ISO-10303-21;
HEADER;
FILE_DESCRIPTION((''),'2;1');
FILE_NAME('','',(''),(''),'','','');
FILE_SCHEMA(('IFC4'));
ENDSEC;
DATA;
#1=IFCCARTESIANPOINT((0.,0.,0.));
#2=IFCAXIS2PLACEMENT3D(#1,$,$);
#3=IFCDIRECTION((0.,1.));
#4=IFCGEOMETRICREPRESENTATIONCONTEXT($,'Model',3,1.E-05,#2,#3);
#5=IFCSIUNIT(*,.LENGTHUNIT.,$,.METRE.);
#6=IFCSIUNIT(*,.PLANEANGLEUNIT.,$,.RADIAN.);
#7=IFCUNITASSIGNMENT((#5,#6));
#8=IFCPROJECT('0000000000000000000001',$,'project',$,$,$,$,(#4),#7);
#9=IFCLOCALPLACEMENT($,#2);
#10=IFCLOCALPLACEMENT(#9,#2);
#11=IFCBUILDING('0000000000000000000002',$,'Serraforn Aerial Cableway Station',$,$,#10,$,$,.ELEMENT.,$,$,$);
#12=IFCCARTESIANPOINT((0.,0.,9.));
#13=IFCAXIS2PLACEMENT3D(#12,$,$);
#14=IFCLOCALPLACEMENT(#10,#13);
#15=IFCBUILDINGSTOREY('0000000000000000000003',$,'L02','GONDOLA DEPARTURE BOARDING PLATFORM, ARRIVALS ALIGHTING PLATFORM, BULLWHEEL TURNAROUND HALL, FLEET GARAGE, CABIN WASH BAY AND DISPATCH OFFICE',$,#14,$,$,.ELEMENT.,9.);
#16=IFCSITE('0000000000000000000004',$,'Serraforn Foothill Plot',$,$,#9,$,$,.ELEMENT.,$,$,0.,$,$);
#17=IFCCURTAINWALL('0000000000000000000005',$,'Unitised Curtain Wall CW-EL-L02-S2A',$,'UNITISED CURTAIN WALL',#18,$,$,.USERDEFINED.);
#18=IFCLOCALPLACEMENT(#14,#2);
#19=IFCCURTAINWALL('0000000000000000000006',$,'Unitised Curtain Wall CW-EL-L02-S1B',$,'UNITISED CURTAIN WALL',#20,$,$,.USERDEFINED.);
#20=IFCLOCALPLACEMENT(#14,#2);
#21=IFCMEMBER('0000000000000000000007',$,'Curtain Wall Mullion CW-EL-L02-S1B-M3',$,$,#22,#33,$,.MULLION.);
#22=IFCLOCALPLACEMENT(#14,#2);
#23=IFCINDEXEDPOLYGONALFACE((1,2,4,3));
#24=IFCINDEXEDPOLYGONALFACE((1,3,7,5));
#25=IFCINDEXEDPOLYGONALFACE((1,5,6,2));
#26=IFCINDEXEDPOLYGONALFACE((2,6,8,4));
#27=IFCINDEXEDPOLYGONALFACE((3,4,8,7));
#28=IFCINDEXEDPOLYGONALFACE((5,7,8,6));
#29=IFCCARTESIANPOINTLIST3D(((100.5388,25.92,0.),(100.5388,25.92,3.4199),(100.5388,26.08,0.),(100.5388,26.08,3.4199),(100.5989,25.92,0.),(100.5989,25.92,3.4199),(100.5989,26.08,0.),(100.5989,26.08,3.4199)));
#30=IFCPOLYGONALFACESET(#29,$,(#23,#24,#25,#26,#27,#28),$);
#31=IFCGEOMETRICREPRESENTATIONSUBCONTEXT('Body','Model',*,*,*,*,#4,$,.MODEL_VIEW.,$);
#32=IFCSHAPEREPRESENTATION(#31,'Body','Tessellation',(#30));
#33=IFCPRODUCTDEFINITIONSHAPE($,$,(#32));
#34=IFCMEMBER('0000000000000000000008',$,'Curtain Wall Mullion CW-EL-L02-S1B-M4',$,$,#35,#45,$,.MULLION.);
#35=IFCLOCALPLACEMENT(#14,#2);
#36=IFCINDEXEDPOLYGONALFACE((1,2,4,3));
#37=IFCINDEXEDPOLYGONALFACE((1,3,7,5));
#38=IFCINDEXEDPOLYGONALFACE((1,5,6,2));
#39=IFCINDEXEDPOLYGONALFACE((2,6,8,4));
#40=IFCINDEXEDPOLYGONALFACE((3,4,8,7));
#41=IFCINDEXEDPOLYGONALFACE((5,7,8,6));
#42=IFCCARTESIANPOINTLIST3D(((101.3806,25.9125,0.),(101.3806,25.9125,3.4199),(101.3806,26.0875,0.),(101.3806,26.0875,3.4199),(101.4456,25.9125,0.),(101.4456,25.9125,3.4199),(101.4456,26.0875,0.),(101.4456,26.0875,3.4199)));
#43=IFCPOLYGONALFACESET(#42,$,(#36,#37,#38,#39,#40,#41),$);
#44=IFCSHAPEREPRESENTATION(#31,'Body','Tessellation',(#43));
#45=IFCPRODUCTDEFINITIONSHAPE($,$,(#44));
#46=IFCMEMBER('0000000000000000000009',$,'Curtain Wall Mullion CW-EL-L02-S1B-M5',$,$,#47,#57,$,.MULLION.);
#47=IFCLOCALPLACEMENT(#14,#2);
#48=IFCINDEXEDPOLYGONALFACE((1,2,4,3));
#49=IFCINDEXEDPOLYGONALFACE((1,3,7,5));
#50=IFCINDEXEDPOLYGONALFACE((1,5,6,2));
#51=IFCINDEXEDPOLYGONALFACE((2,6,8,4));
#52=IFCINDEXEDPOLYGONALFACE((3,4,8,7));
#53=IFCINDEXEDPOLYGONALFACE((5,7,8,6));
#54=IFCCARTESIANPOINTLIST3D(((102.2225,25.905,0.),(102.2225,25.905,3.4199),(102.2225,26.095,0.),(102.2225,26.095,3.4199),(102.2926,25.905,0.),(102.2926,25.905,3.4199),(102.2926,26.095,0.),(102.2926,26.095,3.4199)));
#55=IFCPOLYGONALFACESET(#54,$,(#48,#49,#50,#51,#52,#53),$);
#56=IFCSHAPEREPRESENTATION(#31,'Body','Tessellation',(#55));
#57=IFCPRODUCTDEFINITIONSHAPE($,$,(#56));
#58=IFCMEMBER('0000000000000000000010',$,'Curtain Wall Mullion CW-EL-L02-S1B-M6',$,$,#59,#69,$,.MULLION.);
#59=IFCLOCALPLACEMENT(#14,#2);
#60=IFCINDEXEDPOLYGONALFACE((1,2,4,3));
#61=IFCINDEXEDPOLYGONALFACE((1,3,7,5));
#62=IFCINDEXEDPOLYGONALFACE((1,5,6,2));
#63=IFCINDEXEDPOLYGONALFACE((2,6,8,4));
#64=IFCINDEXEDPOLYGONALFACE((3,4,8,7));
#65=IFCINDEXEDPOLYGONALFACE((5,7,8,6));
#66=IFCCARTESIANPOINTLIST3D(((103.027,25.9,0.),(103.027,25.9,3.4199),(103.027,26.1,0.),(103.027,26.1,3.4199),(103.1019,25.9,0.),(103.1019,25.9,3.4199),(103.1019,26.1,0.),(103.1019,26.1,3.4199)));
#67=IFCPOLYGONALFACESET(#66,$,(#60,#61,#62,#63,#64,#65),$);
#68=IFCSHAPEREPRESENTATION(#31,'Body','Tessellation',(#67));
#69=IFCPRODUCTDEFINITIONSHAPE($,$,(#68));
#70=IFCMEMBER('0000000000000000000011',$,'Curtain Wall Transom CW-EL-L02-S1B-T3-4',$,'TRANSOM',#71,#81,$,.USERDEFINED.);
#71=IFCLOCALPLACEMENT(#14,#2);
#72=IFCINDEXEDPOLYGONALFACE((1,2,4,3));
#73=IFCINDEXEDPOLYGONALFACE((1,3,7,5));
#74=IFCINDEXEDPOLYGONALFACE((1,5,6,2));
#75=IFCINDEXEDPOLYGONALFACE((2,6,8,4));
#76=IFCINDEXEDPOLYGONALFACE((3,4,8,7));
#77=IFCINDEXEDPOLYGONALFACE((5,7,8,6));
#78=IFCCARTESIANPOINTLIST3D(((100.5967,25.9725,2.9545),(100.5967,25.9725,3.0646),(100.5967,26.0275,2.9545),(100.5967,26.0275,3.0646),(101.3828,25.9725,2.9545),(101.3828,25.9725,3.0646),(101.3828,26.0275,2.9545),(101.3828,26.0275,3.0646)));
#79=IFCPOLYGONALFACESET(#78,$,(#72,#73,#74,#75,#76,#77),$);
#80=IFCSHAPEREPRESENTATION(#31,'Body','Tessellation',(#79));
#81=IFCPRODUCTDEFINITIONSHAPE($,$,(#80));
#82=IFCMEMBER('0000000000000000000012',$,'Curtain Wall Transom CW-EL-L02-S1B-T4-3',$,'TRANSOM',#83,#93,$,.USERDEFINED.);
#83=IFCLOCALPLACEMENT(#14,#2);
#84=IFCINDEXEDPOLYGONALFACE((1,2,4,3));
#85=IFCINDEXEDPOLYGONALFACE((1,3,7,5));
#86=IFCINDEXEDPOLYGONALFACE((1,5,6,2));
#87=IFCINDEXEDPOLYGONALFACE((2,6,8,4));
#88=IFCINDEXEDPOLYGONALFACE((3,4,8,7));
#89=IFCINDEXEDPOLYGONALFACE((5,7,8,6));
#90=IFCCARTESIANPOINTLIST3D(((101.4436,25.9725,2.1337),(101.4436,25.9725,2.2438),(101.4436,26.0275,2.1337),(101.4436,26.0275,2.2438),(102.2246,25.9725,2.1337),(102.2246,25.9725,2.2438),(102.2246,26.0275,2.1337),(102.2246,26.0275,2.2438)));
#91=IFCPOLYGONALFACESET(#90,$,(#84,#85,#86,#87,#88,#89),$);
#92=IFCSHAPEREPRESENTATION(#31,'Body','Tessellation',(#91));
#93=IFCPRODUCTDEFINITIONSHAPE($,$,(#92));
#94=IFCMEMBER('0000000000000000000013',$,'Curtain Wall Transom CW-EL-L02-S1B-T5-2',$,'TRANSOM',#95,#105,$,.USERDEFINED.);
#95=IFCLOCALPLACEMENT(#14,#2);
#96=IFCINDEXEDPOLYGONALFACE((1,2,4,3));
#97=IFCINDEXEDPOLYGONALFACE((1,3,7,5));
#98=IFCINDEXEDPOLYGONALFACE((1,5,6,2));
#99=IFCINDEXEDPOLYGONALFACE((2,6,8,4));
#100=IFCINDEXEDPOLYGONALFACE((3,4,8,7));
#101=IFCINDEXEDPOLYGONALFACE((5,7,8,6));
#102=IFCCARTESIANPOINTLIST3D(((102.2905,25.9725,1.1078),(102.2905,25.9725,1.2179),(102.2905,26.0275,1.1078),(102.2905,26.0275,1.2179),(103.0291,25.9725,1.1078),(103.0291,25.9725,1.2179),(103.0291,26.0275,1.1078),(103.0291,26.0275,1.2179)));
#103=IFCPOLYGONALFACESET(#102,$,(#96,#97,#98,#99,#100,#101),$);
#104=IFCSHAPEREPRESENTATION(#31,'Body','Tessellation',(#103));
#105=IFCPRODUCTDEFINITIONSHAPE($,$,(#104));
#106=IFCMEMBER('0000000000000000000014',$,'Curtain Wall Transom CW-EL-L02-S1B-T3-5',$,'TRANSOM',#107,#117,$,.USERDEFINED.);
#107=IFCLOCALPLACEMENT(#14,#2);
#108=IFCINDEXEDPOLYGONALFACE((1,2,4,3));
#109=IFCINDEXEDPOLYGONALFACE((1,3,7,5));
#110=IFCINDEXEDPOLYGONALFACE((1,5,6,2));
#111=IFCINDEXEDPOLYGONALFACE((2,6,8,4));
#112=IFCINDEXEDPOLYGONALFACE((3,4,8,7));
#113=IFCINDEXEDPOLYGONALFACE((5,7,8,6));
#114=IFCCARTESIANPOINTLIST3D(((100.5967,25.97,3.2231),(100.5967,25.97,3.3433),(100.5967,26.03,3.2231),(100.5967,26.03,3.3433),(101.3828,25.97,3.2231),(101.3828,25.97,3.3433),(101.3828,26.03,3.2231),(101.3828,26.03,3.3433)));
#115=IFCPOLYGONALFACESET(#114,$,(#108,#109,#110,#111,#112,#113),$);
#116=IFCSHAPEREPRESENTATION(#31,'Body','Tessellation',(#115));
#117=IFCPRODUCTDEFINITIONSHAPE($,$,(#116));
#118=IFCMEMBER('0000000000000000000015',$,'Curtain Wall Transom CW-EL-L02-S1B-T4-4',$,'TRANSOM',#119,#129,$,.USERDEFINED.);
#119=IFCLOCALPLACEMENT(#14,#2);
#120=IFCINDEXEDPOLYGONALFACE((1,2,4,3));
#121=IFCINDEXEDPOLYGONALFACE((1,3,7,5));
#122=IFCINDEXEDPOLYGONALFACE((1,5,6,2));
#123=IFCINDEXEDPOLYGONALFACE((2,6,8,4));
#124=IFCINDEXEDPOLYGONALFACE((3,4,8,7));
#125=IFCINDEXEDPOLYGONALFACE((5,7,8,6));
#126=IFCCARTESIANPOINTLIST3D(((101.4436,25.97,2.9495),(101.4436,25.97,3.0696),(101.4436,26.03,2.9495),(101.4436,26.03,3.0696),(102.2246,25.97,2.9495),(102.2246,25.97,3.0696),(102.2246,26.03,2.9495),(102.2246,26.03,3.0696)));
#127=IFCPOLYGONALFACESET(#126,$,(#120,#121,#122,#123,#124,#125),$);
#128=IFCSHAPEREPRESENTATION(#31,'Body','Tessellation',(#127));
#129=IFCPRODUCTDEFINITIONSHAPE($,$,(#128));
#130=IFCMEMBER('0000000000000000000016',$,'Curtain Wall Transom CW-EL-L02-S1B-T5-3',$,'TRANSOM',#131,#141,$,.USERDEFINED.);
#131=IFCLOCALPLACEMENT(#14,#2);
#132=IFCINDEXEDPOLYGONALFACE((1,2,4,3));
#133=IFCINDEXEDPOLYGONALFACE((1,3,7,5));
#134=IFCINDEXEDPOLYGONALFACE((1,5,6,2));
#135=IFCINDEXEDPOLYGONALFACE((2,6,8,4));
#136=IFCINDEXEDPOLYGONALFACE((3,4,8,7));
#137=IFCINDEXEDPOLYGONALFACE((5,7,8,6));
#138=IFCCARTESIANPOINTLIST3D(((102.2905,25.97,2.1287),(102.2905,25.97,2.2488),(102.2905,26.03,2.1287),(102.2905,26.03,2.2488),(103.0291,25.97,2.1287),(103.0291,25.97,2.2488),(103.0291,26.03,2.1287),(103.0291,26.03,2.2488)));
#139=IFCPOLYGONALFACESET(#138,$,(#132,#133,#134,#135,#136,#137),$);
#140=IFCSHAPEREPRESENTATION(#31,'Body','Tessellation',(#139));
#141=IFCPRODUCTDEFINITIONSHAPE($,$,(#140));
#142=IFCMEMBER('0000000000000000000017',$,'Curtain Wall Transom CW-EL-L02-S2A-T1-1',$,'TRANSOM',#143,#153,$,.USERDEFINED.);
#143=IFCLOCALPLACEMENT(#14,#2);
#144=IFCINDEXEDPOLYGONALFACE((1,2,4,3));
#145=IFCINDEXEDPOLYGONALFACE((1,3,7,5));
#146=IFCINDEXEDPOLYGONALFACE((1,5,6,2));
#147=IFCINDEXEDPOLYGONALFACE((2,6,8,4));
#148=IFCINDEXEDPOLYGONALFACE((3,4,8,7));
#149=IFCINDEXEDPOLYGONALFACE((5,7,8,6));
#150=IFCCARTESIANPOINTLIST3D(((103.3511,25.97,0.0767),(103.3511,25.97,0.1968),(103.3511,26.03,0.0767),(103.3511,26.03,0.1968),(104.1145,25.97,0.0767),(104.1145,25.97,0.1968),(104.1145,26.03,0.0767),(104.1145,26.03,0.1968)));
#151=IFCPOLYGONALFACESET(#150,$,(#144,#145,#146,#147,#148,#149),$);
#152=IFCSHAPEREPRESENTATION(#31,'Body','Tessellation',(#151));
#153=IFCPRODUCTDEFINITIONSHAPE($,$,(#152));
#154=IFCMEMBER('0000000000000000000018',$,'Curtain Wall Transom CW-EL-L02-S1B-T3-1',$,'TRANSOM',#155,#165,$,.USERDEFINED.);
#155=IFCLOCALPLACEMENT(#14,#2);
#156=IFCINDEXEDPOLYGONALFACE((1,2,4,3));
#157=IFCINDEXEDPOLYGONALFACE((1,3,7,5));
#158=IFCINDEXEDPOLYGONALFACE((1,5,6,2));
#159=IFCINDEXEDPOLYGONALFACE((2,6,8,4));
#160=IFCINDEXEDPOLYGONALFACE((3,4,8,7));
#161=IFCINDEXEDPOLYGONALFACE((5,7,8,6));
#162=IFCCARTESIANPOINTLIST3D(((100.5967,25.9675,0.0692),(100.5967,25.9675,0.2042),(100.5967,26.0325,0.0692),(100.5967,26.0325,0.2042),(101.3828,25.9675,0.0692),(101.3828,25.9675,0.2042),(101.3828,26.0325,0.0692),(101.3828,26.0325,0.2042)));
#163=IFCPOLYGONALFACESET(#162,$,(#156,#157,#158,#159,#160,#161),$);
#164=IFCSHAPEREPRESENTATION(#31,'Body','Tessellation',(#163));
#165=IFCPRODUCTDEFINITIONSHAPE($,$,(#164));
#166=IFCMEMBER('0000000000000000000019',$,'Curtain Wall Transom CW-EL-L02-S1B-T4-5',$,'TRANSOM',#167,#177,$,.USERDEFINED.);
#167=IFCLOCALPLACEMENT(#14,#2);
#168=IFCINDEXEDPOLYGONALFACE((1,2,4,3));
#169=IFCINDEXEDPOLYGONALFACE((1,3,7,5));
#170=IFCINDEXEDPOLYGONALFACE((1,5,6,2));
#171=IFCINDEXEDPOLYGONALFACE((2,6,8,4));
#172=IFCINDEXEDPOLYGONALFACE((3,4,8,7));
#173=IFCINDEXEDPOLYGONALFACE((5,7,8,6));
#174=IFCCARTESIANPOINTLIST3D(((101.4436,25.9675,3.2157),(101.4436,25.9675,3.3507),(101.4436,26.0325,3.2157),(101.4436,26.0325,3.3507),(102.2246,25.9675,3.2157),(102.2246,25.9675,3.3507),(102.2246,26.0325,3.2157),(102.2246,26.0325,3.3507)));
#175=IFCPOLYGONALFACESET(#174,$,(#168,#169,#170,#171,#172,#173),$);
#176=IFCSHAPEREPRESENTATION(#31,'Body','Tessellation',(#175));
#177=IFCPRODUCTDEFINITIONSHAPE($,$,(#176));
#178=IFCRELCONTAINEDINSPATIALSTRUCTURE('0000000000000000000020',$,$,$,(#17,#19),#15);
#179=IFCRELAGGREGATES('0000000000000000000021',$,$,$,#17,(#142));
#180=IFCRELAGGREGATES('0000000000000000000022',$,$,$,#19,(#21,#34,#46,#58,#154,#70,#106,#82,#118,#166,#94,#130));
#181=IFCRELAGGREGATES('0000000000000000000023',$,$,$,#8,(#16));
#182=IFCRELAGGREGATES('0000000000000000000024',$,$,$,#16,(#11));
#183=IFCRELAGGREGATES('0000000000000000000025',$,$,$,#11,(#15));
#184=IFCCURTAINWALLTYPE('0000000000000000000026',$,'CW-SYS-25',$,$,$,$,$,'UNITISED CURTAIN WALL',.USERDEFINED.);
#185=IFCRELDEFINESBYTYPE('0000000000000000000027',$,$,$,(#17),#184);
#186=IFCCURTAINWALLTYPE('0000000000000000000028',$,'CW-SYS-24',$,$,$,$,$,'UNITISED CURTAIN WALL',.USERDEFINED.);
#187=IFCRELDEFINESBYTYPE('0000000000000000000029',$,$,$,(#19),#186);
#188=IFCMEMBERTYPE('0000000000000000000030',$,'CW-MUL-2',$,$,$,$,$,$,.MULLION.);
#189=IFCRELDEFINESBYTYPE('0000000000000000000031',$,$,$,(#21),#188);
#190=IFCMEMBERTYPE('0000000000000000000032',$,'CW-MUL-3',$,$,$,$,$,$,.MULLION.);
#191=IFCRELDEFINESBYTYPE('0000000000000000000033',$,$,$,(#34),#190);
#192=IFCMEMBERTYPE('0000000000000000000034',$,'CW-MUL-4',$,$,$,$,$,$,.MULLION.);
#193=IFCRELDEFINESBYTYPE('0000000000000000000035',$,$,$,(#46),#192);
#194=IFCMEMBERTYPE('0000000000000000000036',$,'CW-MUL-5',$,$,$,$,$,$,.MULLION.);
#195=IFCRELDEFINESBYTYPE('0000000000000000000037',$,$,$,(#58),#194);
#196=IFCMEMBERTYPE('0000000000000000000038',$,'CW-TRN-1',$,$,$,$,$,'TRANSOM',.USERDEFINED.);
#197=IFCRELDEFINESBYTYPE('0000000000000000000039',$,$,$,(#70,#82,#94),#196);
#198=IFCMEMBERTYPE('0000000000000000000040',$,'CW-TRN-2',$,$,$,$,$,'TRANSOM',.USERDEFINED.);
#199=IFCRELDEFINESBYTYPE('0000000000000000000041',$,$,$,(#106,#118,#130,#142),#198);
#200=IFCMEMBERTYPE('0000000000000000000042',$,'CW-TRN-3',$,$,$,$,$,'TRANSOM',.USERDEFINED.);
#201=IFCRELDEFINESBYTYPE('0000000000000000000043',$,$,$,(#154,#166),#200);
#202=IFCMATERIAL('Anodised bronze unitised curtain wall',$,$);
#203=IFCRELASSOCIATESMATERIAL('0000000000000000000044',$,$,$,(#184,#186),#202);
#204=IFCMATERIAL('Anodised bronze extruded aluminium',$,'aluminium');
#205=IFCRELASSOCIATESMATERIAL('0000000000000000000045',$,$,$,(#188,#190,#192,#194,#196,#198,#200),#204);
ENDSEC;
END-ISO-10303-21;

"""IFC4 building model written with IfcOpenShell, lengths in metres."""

from ifc_helpers import new_model, si_unit, direction, frame, origin, origin_2d, place, context, subcontext, project, spatial, rectangle, extrude, material, material_profile, profile_set, type_object, element, aggregate, save


model = new_model("IFC4")

# Units and contexts
model_context = context("Model", 3, precision=1e-05, world=origin(), true_north=direction((0.0, 1.0)))
body_context = subcontext(model_context, "Body", "Model", "MODEL_VIEW")
ifc_project = project(units=[si_unit("LENGTHUNIT", "METRE"), si_unit("PLANEANGLEUNIT", "RADIAN")], contexts=[model_context])

# Site, building, storey
site_placement = place(None, origin())
site = spatial("IfcSite", under=ifc_project, at=site_placement, Name="Serraforn Foothill Plot", CompositionType="ELEMENT", RefElevation=0.0)
building_placement = place(site_placement, origin())
building = spatial("IfcBuilding", under=site, at=building_placement, Name="Serraforn Aerial Cableway Station", CompositionType="ELEMENT")
storey_placement = place(building_placement, frame((0.0, 0.0, 9.0)))
storey = spatial("IfcBuildingStorey", under=building, at=storey_placement, Name="L02", Description="GONDOLA DEPARTURE BOARDING PLATFORM, ARRIVALS ALIGHTING PLATFORM, BULLWHEEL TURNAROUND HALL, FLEET GARAGE, CABIN WASH BAY AND DISPATCH OFFICE", CompositionType="ELEMENT", Elevation=9.0)

# Curtain wall
ifc_material_1 = material(Name="Anodised bronze unitised curtain wall")
curtain_wall_type_1 = type_object("IfcCurtainWallType", Name="CW-SYS-25", ElementType="UNITISED CURTAIN WALL", PredefinedType="USERDEFINED", material=ifc_material_1)
curtain_wall_1_placement = place(storey_placement, origin())
curtain_wall_1 = element("IfcCurtainWall", 1, at=curtain_wall_1_placement, inside=storey, type_object=curtain_wall_type_1, Name="Unitised Curtain Wall CW-EL-L02-S2A", ObjectType="UNITISED CURTAIN WALL", PredefinedType="USERDEFINED")
ifc_material_2 = material(Name="Anodised bronze extruded aluminium", Category="aluminium")

# Curtain wall, members
curtain_wall_type_2 = type_object("IfcCurtainWallType", Name="CW-SYS-24", ElementType="UNITISED CURTAIN WALL", PredefinedType="USERDEFINED", material=ifc_material_1)
curtain_wall_2_placement = place(storey_placement, origin())
curtain_wall_2 = element("IfcCurtainWall", 2, at=curtain_wall_2_placement, inside=storey, type_object=curtain_wall_type_2, Name="Unitised Curtain Wall CW-EL-L02-S1B", ObjectType="UNITISED CURTAIN WALL", PredefinedType="USERDEFINED")
ifc_material_profile_1 = material_profile(ifc_material_2, rectangle(XDim=0.0601, YDim=0.1599, at=origin_2d()), Name="CW MULLION 60x160")
ifc_profile_set_1 = profile_set([ifc_material_profile_1], Name="Anodised bronze extruded aluminium")
member_type_1 = type_object("IfcMemberType", Name="CW-MUL-2", PredefinedType="MULLION", material=ifc_profile_set_1)
member_1_placement = place(storey_placement, frame((100.5688, 26.0, 0.0), z_axis=(0.0, 0.0, 1.0), x_axis=(1.0, 0.0, 0.0)))
member_1 = element("IfcMember", 3, at=member_1_placement, type_object=member_type_1, Name="Curtain Wall Mullion CW-EL-L02-S1B-M3", PredefinedType="MULLION", context=body_context, shape_type="SweptSolid", body=[
    extrude(rectangle(XDim=0.0601, YDim=0.1599, at=origin_2d()), origin(), (0.0, 0.0, 1.0), 3.4199),
])
ifc_material_profile_2 = material_profile(ifc_material_2, rectangle(XDim=0.0649, YDim=0.175, at=origin_2d()), Name="CW MULLION 65x175")
ifc_profile_set_2 = profile_set([ifc_material_profile_2], Name="Anodised bronze extruded aluminium")
member_type_2 = type_object("IfcMemberType", Name="CW-MUL-3", PredefinedType="MULLION", material=ifc_profile_set_2)
member_2_placement = place(storey_placement, frame((101.4131, 26.0, 0.0), z_axis=(0.0, 0.0, 1.0), x_axis=(1.0, 0.0, 0.0)))
member_2 = element("IfcMember", 4, at=member_2_placement, type_object=member_type_2, Name="Curtain Wall Mullion CW-EL-L02-S1B-M4", PredefinedType="MULLION", context=body_context, shape_type="SweptSolid", body=[
    extrude(rectangle(XDim=0.0649, YDim=0.175, at=origin_2d()), origin(), (0.0, 0.0, 1.0), 3.4199),
])
ifc_material_profile_3 = material_profile(ifc_material_2, rectangle(XDim=0.0701, YDim=0.1899, at=origin_2d()), Name="CW MULLION 70x190")
ifc_profile_set_3 = profile_set([ifc_material_profile_3], Name="Anodised bronze extruded aluminium")
member_type_3 = type_object("IfcMemberType", Name="CW-MUL-4", PredefinedType="MULLION", material=ifc_profile_set_3)
member_3_placement = place(storey_placement, frame((102.2576, 26.0, 0.0), z_axis=(0.0, 0.0, 1.0), x_axis=(1.0, 0.0, 0.0)))
member_3 = element("IfcMember", 5, at=member_3_placement, type_object=member_type_3, Name="Curtain Wall Mullion CW-EL-L02-S1B-M5", PredefinedType="MULLION", context=body_context, shape_type="SweptSolid", body=[
    extrude(rectangle(XDim=0.0701, YDim=0.1899, at=origin_2d()), origin(), (0.0, 0.0, 1.0), 3.4199),
])
ifc_material_profile_4 = material_profile(ifc_material_2, rectangle(XDim=0.075, YDim=0.2, at=origin_2d()), Name="CW MULLION 75x200")
ifc_profile_set_4 = profile_set([ifc_material_profile_4], Name="Anodised bronze extruded aluminium")
member_type_4 = type_object("IfcMemberType", Name="CW-MUL-5", PredefinedType="MULLION", material=ifc_profile_set_4)
member_4_placement = place(storey_placement, frame((103.0645, 26.0, 0.0), z_axis=(0.0, 0.0, 1.0), x_axis=(1.0, 0.0, 0.0)))
member_4 = element("IfcMember", 6, at=member_4_placement, type_object=member_type_4, Name="Curtain Wall Mullion CW-EL-L02-S1B-M6", PredefinedType="MULLION", context=body_context, shape_type="SweptSolid", body=[
    extrude(rectangle(XDim=0.075, YDim=0.2, at=origin_2d()), origin(), (0.0, 0.0, 1.0), 3.4199),
])
ifc_material_profile_5 = material_profile(ifc_material_2, rectangle(XDim=0.0549, YDim=0.1101, at=origin_2d()), Name="CW TRANSOM 55x110")
ifc_profile_set_5 = profile_set([ifc_material_profile_5], Name="Anodised bronze extruded aluminium")
member_type_5 = type_object("IfcMemberType", Name="CW-TRN-1", ElementType="TRANSOM", PredefinedType="USERDEFINED", material=ifc_profile_set_5)
member_5_placement = place(storey_placement, frame((100.5967, 26.0, 3.0095), z_axis=(1.0, 0.0, 0.0), x_axis=(0.0, 1.0, 0.0)))
member_5 = element("IfcMember", 7, at=member_5_placement, type_object=member_type_5, Name="Curtain Wall Transom CW-EL-L02-S1B-T3-4", ObjectType="TRANSOM", PredefinedType="USERDEFINED", context=body_context, shape_type="SweptSolid", body=[
    extrude(rectangle(XDim=0.0549, YDim=0.1101, at=origin_2d()), origin(), (0.0, 0.0, 1.0), 0.7861),
])
member_6_placement = place(storey_placement, frame((101.4436, 26.0, 2.1887), z_axis=(1.0, 0.0, 0.0), x_axis=(0.0, 1.0, 0.0)))
member_6 = element("IfcMember", 8, at=member_6_placement, type_object=member_type_5, Name="Curtain Wall Transom CW-EL-L02-S1B-T4-3", ObjectType="TRANSOM", PredefinedType="USERDEFINED", context=body_context, shape_type="SweptSolid", body=[
    extrude(rectangle(XDim=0.0549, YDim=0.1101, at=origin_2d()), origin(), (0.0, 0.0, 1.0), 0.781),
])
member_7_placement = place(storey_placement, frame((102.2905, 26.0, 1.1628), z_axis=(1.0, 0.0, 0.0), x_axis=(0.0, 1.0, 0.0)))
member_7 = element("IfcMember", 9, at=member_7_placement, type_object=member_type_5, Name="Curtain Wall Transom CW-EL-L02-S1B-T5-2", ObjectType="TRANSOM", PredefinedType="USERDEFINED", context=body_context, shape_type="SweptSolid", body=[
    extrude(rectangle(XDim=0.0549, YDim=0.1101, at=origin_2d()), origin(), (0.0, 0.0, 1.0), 0.7385),
])
ifc_material_profile_6 = material_profile(ifc_material_2, rectangle(XDim=0.0601, YDim=0.1201, at=origin_2d()), Name="CW TRANSOM 60x120")
ifc_profile_set_6 = profile_set([ifc_material_profile_6], Name="Anodised bronze extruded aluminium")
member_type_6 = type_object("IfcMemberType", Name="CW-TRN-2", ElementType="TRANSOM", PredefinedType="USERDEFINED", material=ifc_profile_set_6)
member_8_placement = place(storey_placement, frame((100.5967, 26.0, 3.2832), z_axis=(1.0, 0.0, 0.0), x_axis=(0.0, 1.0, 0.0)))
member_8 = element("IfcMember", 10, at=member_8_placement, type_object=member_type_6, Name="Curtain Wall Transom CW-EL-L02-S1B-T3-5", ObjectType="TRANSOM", PredefinedType="USERDEFINED", context=body_context, shape_type="SweptSolid", body=[
    extrude(rectangle(XDim=0.0601, YDim=0.1201, at=origin_2d()), origin(), (0.0, 0.0, 1.0), 0.7861),
])
member_9_placement = place(storey_placement, frame((101.4436, 26.0, 3.0095), z_axis=(1.0, 0.0, 0.0), x_axis=(0.0, 1.0, 0.0)))
member_9 = element("IfcMember", 11, at=member_9_placement, type_object=member_type_6, Name="Curtain Wall Transom CW-EL-L02-S1B-T4-4", ObjectType="TRANSOM", PredefinedType="USERDEFINED", context=body_context, shape_type="SweptSolid", body=[
    extrude(rectangle(XDim=0.0601, YDim=0.1201, at=origin_2d()), origin(), (0.0, 0.0, 1.0), 0.781),
])
member_10_placement = place(storey_placement, frame((102.2905, 26.0, 2.1887), z_axis=(1.0, 0.0, 0.0), x_axis=(0.0, 1.0, 0.0)))
member_10 = element("IfcMember", 12, at=member_10_placement, type_object=member_type_6, Name="Curtain Wall Transom CW-EL-L02-S1B-T5-3", ObjectType="TRANSOM", PredefinedType="USERDEFINED", context=body_context, shape_type="SweptSolid", body=[
    extrude(rectangle(XDim=0.0601, YDim=0.1201, at=origin_2d()), origin(), (0.0, 0.0, 1.0), 0.7385),
])

# Members
member_11_placement = place(storey_placement, frame((103.3511, 26.0, 0.1367), z_axis=(1.0, 0.0, 0.0), x_axis=(0.0, 1.0, 0.0)))
member_11 = element("IfcMember", 13, at=member_11_placement, type_object=member_type_6, Name="Curtain Wall Transom CW-EL-L02-S2A-T1-1", ObjectType="TRANSOM", PredefinedType="USERDEFINED", context=body_context, shape_type="SweptSolid", body=[
    extrude(rectangle(XDim=0.0601, YDim=0.1201, at=origin_2d()), origin(), (0.0, 0.0, 1.0), 0.7634),
])
aggregate(curtain_wall_1, [member_11])
ifc_material_profile_7 = material_profile(ifc_material_2, rectangle(XDim=0.0649, YDim=0.135, at=origin_2d()), Name="CW TRANSOM 65x135")
ifc_profile_set_7 = profile_set([ifc_material_profile_7], Name="Anodised bronze extruded aluminium")
member_type_7 = type_object("IfcMemberType", Name="CW-TRN-3", ElementType="TRANSOM", PredefinedType="USERDEFINED", material=ifc_profile_set_7)
member_12_placement = place(storey_placement, frame((100.5967, 26.0, 0.1367), z_axis=(1.0, 0.0, 0.0), x_axis=(0.0, 1.0, 0.0)))
member_12 = element("IfcMember", 14, at=member_12_placement, type_object=member_type_7, Name="Curtain Wall Transom CW-EL-L02-S1B-T3-1", ObjectType="TRANSOM", PredefinedType="USERDEFINED", context=body_context, shape_type="SweptSolid", body=[
    extrude(rectangle(XDim=0.0649, YDim=0.135, at=origin_2d()), origin(), (0.0, 0.0, 1.0), 0.7861),
])
member_13_placement = place(storey_placement, frame((101.4436, 26.0, 3.2832), z_axis=(1.0, 0.0, 0.0), x_axis=(0.0, 1.0, 0.0)))
member_13 = element("IfcMember", 15, at=member_13_placement, type_object=member_type_7, Name="Curtain Wall Transom CW-EL-L02-S1B-T4-5", ObjectType="TRANSOM", PredefinedType="USERDEFINED", context=body_context, shape_type="SweptSolid", body=[
    extrude(rectangle(XDim=0.0649, YDim=0.135, at=origin_2d()), origin(), (0.0, 0.0, 1.0), 0.781),
])

aggregate(curtain_wall_2, [member_1, member_2, member_3, member_4, member_12, member_5, member_8, member_6, member_9, member_13, member_7, member_10])

save(model, "model.ifc")
